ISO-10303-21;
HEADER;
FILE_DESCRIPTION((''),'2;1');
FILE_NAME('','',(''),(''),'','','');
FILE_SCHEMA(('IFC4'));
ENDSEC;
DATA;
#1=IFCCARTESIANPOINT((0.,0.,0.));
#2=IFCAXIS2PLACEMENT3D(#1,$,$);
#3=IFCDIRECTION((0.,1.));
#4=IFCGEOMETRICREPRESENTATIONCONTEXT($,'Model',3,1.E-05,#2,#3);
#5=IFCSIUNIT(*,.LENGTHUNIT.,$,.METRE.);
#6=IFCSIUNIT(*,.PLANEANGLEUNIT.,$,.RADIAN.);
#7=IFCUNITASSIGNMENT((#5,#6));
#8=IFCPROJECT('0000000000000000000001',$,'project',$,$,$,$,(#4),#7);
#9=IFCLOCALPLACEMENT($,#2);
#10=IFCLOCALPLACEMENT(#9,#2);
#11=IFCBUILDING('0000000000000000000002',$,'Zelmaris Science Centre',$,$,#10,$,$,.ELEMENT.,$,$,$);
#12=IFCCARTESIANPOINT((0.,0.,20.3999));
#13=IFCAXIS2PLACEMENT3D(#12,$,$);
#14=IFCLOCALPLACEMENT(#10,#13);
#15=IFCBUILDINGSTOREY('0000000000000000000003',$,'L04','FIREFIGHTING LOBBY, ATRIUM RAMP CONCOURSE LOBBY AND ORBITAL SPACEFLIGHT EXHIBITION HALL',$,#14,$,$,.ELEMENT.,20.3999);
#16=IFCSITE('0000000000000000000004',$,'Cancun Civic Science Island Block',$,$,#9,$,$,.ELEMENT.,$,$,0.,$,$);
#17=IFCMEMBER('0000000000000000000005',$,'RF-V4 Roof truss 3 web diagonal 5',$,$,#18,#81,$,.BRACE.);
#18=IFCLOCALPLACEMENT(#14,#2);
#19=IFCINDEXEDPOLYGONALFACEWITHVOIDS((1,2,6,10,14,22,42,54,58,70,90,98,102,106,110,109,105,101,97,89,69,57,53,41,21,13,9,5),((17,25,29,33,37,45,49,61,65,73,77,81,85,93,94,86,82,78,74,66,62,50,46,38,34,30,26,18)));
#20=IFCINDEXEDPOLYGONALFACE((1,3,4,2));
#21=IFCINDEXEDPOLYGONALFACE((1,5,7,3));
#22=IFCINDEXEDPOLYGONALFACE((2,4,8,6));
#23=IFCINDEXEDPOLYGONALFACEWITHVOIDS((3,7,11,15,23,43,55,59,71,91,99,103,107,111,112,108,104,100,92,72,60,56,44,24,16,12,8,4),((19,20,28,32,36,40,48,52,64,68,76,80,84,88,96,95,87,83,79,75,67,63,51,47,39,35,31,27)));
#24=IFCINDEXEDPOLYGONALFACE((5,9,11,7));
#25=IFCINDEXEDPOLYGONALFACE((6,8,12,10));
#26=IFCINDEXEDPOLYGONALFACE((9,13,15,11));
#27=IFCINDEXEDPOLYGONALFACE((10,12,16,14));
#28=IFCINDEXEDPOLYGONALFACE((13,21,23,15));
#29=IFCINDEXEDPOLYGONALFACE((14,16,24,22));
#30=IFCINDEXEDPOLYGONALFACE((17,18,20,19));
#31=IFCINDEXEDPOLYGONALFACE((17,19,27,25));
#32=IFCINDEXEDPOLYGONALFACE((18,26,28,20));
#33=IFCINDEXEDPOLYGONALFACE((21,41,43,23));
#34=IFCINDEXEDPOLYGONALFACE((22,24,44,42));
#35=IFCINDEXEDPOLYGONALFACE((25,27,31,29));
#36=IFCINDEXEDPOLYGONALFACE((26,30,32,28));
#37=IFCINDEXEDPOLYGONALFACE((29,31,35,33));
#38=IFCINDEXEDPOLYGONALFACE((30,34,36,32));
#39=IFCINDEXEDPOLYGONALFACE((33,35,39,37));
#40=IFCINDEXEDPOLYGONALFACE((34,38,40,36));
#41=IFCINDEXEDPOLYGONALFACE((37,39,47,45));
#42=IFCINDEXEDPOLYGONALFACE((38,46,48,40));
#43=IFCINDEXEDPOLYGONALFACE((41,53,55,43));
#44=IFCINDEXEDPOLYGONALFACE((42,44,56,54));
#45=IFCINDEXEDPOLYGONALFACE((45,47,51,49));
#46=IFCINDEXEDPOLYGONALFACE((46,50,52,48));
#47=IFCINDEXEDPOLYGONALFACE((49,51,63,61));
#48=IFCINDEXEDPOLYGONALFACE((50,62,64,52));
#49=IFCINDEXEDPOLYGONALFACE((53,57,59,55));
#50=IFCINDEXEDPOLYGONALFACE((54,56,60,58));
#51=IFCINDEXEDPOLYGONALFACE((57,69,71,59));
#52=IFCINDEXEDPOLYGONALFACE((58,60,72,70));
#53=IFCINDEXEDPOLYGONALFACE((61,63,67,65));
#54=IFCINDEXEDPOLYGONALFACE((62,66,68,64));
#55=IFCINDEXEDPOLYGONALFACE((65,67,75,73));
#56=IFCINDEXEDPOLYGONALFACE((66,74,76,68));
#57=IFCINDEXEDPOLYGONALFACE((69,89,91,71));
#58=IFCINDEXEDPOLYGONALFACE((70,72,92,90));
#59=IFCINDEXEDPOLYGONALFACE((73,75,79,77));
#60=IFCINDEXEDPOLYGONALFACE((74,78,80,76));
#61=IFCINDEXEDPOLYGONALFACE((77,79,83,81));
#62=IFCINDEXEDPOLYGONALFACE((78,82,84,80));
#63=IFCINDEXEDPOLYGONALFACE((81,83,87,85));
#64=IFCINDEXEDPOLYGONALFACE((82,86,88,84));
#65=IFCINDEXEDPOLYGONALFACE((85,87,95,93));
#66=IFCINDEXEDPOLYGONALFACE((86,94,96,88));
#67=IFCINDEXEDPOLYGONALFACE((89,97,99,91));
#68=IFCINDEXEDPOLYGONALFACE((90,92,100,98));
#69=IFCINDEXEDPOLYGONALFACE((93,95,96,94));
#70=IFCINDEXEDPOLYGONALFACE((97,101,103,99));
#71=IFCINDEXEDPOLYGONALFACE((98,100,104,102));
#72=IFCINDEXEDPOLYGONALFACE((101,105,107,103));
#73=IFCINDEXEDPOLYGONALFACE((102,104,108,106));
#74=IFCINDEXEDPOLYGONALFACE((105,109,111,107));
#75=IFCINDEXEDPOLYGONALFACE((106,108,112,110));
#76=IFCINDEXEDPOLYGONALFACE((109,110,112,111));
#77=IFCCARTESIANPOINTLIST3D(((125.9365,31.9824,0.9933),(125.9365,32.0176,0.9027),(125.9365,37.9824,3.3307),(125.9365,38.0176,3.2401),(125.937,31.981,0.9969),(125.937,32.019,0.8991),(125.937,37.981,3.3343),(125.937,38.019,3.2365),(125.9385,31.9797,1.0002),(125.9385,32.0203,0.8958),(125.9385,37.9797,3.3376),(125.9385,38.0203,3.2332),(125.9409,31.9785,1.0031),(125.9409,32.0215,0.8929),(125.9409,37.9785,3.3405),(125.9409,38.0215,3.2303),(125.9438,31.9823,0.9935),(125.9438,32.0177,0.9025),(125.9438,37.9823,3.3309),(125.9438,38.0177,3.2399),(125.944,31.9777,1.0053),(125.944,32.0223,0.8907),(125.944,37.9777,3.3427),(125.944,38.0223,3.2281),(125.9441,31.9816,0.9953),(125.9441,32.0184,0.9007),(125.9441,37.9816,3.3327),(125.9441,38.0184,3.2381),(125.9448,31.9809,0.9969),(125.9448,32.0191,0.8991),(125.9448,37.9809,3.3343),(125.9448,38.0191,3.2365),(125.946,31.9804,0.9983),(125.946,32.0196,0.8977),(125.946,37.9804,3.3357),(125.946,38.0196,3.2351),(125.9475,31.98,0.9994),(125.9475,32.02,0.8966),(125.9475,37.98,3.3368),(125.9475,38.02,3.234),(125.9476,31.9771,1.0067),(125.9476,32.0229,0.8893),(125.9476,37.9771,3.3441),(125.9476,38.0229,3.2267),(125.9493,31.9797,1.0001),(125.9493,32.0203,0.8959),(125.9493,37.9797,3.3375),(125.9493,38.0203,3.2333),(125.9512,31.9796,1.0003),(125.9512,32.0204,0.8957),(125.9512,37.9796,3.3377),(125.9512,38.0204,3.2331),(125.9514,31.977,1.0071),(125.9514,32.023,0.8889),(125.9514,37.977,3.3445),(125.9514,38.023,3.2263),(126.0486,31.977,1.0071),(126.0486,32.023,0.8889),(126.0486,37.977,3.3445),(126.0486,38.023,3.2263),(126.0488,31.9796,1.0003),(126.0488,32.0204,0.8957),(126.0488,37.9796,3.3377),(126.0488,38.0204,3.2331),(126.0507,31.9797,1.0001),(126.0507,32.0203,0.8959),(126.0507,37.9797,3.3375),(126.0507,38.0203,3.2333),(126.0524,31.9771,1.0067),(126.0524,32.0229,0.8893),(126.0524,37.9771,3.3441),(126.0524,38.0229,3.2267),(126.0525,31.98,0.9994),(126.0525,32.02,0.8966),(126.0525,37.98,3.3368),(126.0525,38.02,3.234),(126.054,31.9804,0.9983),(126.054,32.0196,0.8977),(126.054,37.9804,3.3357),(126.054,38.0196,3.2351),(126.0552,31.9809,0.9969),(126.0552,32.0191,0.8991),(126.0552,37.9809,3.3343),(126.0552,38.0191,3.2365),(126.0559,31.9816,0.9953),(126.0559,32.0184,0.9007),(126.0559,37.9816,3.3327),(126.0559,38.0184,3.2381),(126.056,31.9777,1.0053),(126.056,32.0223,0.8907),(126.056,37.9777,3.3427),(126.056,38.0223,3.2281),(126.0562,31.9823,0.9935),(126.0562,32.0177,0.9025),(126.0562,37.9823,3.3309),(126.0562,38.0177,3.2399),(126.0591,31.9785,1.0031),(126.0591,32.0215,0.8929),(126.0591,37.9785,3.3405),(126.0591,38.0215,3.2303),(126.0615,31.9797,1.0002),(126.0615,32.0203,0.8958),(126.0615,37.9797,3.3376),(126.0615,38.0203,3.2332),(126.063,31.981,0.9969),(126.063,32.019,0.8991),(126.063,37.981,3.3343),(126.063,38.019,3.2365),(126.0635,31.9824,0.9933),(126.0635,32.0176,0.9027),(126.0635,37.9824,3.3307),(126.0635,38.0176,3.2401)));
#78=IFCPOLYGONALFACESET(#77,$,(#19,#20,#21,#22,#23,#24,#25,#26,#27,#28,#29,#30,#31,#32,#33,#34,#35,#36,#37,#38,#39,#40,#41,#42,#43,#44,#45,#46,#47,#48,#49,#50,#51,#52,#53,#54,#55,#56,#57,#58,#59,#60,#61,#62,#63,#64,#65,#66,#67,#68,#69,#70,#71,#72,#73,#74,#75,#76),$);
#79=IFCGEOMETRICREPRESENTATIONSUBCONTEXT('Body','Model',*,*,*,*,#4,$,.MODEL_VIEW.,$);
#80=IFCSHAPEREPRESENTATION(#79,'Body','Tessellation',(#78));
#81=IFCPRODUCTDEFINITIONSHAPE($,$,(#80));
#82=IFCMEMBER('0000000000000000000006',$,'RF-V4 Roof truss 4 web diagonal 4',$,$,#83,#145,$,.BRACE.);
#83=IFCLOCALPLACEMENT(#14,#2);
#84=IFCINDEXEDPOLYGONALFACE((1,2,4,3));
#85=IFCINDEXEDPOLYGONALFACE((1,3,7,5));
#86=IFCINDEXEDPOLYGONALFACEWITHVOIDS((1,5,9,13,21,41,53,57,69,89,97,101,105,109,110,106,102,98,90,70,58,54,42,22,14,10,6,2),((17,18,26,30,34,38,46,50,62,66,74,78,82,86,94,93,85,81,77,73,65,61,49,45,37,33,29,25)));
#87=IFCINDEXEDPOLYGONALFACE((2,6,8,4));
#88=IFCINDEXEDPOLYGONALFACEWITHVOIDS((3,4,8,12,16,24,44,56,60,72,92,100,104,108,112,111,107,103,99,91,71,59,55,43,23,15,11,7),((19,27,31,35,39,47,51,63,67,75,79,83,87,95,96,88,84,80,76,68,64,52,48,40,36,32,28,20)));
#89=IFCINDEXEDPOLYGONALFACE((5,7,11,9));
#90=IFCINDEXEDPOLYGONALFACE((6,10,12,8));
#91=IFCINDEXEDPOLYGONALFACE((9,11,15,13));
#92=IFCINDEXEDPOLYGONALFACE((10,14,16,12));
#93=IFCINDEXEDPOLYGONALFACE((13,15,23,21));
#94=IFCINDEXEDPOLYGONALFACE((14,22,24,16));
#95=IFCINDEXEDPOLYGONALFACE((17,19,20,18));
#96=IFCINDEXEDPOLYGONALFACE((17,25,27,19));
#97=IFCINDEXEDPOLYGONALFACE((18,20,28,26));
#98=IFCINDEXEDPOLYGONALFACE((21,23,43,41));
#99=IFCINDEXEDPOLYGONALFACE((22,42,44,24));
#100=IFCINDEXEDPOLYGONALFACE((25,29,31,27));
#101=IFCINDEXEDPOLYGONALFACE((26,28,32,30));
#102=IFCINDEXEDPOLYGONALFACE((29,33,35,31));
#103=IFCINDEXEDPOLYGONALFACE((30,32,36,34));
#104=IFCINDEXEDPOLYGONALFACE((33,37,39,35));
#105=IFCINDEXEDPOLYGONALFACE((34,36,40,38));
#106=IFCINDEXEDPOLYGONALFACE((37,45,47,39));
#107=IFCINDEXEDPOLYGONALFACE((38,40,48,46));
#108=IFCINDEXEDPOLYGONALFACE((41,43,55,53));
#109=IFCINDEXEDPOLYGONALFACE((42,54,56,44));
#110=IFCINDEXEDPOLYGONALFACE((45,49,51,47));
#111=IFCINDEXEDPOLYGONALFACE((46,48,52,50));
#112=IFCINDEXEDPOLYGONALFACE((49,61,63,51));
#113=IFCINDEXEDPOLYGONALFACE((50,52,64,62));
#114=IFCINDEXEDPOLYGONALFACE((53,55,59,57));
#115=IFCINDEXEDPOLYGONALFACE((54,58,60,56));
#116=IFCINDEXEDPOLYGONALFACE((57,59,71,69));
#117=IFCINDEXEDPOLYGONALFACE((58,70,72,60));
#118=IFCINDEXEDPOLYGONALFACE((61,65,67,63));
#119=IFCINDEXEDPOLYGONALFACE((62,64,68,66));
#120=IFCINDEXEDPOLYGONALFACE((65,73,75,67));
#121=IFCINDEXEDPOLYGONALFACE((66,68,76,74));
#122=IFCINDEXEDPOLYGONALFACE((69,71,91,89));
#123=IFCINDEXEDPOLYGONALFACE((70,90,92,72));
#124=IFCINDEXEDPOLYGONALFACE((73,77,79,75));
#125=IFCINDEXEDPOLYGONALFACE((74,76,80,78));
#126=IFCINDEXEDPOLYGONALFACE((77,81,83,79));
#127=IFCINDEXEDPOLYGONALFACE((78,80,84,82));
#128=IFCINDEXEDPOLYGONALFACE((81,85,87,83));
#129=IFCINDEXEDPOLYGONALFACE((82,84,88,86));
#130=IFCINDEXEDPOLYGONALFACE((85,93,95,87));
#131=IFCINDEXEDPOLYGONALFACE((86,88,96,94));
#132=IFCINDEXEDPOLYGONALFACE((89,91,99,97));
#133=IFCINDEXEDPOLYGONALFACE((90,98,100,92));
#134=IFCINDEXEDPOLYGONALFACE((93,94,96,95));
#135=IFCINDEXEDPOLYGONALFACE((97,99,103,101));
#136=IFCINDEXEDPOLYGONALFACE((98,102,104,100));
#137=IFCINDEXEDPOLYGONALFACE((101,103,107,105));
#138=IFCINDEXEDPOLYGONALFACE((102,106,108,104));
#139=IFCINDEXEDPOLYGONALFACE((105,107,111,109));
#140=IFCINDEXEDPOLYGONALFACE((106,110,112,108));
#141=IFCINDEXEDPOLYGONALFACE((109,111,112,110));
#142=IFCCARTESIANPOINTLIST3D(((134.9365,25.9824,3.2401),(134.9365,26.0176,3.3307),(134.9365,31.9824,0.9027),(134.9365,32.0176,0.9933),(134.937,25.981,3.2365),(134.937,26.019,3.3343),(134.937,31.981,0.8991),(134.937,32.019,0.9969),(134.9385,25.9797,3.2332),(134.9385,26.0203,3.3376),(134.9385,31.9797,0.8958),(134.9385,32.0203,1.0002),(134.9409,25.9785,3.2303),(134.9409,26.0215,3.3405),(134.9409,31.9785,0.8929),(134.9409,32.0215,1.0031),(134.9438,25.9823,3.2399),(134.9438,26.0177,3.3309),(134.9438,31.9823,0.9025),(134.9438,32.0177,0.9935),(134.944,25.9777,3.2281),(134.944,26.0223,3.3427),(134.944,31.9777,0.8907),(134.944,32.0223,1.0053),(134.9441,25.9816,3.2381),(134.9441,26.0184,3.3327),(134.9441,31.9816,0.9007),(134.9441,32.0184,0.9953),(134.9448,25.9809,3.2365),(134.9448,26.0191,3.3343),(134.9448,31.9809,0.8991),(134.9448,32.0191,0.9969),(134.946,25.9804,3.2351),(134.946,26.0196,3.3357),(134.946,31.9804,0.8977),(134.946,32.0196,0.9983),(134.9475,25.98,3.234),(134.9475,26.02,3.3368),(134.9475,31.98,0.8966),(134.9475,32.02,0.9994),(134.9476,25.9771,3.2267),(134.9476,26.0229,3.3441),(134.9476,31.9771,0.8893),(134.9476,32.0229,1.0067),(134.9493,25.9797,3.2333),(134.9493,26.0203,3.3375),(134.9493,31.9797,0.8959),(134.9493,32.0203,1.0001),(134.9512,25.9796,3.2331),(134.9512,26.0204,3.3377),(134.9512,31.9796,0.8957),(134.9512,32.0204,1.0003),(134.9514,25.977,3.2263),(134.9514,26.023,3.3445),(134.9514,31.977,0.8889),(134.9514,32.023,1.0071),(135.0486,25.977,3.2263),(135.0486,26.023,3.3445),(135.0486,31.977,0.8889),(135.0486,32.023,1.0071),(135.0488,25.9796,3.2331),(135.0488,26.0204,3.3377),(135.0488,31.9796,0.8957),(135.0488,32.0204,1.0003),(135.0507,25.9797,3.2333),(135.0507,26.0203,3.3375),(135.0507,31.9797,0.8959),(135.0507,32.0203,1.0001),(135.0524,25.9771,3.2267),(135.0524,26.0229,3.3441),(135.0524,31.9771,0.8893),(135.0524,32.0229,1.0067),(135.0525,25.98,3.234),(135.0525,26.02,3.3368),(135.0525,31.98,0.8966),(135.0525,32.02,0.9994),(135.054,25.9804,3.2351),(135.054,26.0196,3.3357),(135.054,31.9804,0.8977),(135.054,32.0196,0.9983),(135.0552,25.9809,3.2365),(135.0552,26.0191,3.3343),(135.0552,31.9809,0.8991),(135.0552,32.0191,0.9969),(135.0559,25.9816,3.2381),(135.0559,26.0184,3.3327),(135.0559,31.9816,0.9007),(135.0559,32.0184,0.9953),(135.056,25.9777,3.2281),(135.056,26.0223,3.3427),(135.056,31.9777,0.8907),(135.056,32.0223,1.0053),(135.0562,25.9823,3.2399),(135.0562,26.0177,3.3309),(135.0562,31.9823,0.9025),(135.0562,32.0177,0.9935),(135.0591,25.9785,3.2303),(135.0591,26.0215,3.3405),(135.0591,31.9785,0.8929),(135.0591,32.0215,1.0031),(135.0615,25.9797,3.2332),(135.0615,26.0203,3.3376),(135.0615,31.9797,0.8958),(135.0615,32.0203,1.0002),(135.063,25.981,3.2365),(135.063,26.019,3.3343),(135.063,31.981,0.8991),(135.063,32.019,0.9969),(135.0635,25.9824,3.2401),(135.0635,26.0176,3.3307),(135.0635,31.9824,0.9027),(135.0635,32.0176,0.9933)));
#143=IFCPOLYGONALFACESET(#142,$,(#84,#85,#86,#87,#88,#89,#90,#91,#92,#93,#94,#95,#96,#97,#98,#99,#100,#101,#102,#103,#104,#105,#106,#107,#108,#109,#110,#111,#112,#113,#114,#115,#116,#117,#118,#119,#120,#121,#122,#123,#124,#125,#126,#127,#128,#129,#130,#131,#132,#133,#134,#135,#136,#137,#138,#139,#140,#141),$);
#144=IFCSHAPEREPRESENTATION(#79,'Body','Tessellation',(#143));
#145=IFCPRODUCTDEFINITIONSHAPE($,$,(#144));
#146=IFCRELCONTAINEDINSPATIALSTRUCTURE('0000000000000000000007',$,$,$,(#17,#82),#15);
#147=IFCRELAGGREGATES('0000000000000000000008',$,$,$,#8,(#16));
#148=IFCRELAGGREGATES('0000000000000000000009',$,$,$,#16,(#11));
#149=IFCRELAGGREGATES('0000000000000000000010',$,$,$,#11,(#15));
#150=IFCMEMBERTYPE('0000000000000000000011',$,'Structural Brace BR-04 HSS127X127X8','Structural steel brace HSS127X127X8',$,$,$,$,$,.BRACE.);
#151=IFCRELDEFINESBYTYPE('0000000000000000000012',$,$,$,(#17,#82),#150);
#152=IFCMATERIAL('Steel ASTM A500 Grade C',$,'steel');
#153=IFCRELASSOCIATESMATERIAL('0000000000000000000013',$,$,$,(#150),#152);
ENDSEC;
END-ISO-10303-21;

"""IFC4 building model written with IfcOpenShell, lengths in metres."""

from ifc_helpers import new_model, si_unit, direction, frame, origin, origin_2d, place, context, subcontext, project, spatial, hollow_rectangle, extrude, material, material_profile, profile_set, type_object, element, save


model = new_model("IFC4")

# Units and contexts
model_context = context("Model", 3, precision=1e-05, world=origin(), true_north=direction((0.0, 1.0)))
body_context = subcontext(model_context, "Body", "Model", "MODEL_VIEW")
ifc_project = project(units=[si_unit("LENGTHUNIT", "METRE"), si_unit("PLANEANGLEUNIT", "RADIAN")], contexts=[model_context])

# Site, building, storey
site_placement = place(None, origin())
site = spatial("IfcSite", under=ifc_project, at=site_placement, Name="Cancun Civic Science Island Block", CompositionType="ELEMENT", RefElevation=0.0)
building_placement = place(site_placement, origin())
building = spatial("IfcBuilding", under=site, at=building_placement, Name="Zelmaris Science Centre", CompositionType="ELEMENT")
storey_placement = place(building_placement, frame((0.0, 0.0, 20.3999)))
storey = spatial("IfcBuildingStorey", under=building, at=storey_placement, Name="L04", Description="FIREFIGHTING LOBBY, ATRIUM RAMP CONCOURSE LOBBY AND ORBITAL SPACEFLIGHT EXHIBITION HALL", CompositionType="ELEMENT", Elevation=20.3999)

# Shared definitions
ifc_material = material(Name="Steel ASTM A500 Grade C", Category="steel")

# Members
ifc_material_profile_1 = material_profile(ifc_material, hollow_rectangle(XDim=0.127, YDim=0.127, WallThickness=0.0073, InnerFilletRadius=0.0073, OuterFilletRadius=0.0149, at=origin_2d()), Name="HSS127X127X8")
ifc_profile_set_1 = profile_set([ifc_material_profile_1], Name="Steel ASTM A500 Grade C")
member_type_1 = type_object("IfcMemberType", Name="Structural Brace BR-04 HSS127X127X8", Description="Structural steel brace HSS127X127X8", PredefinedType="BRACE", material=ifc_profile_set_1)
for number, where, z_axis, x_axis, name in (
    (1, (126.0, 32.0, 0.948), (0.0, 0.931791, 0.362995), (-1.0, 0.0, 0.0), "RF-V4 Roof truss 3 web diagonal 5"),
    (2, (135.0, 26.0, 3.2854), (0.0, 0.931791, -0.362995), (-1.0, 0.0, 0.0), "RF-V4 Roof truss 4 web diagonal 4"),
):
    element("IfcMember", number, at=place(storey_placement, frame(where, z_axis=z_axis, x_axis=x_axis)), inside=storey, type_object=member_type_1, Name=name, PredefinedType="BRACE", context=body_context, shape_type="SweptSolid", body=[
        extrude(hollow_rectangle(XDim=0.127, YDim=0.127, WallThickness=0.0073, InnerFilletRadius=0.0073, OuterFilletRadius=0.0149, at=origin_2d()), origin(), (0.0, 0.0, 1.0), 6.4392),
    ])

save(model, "model.ifc")
